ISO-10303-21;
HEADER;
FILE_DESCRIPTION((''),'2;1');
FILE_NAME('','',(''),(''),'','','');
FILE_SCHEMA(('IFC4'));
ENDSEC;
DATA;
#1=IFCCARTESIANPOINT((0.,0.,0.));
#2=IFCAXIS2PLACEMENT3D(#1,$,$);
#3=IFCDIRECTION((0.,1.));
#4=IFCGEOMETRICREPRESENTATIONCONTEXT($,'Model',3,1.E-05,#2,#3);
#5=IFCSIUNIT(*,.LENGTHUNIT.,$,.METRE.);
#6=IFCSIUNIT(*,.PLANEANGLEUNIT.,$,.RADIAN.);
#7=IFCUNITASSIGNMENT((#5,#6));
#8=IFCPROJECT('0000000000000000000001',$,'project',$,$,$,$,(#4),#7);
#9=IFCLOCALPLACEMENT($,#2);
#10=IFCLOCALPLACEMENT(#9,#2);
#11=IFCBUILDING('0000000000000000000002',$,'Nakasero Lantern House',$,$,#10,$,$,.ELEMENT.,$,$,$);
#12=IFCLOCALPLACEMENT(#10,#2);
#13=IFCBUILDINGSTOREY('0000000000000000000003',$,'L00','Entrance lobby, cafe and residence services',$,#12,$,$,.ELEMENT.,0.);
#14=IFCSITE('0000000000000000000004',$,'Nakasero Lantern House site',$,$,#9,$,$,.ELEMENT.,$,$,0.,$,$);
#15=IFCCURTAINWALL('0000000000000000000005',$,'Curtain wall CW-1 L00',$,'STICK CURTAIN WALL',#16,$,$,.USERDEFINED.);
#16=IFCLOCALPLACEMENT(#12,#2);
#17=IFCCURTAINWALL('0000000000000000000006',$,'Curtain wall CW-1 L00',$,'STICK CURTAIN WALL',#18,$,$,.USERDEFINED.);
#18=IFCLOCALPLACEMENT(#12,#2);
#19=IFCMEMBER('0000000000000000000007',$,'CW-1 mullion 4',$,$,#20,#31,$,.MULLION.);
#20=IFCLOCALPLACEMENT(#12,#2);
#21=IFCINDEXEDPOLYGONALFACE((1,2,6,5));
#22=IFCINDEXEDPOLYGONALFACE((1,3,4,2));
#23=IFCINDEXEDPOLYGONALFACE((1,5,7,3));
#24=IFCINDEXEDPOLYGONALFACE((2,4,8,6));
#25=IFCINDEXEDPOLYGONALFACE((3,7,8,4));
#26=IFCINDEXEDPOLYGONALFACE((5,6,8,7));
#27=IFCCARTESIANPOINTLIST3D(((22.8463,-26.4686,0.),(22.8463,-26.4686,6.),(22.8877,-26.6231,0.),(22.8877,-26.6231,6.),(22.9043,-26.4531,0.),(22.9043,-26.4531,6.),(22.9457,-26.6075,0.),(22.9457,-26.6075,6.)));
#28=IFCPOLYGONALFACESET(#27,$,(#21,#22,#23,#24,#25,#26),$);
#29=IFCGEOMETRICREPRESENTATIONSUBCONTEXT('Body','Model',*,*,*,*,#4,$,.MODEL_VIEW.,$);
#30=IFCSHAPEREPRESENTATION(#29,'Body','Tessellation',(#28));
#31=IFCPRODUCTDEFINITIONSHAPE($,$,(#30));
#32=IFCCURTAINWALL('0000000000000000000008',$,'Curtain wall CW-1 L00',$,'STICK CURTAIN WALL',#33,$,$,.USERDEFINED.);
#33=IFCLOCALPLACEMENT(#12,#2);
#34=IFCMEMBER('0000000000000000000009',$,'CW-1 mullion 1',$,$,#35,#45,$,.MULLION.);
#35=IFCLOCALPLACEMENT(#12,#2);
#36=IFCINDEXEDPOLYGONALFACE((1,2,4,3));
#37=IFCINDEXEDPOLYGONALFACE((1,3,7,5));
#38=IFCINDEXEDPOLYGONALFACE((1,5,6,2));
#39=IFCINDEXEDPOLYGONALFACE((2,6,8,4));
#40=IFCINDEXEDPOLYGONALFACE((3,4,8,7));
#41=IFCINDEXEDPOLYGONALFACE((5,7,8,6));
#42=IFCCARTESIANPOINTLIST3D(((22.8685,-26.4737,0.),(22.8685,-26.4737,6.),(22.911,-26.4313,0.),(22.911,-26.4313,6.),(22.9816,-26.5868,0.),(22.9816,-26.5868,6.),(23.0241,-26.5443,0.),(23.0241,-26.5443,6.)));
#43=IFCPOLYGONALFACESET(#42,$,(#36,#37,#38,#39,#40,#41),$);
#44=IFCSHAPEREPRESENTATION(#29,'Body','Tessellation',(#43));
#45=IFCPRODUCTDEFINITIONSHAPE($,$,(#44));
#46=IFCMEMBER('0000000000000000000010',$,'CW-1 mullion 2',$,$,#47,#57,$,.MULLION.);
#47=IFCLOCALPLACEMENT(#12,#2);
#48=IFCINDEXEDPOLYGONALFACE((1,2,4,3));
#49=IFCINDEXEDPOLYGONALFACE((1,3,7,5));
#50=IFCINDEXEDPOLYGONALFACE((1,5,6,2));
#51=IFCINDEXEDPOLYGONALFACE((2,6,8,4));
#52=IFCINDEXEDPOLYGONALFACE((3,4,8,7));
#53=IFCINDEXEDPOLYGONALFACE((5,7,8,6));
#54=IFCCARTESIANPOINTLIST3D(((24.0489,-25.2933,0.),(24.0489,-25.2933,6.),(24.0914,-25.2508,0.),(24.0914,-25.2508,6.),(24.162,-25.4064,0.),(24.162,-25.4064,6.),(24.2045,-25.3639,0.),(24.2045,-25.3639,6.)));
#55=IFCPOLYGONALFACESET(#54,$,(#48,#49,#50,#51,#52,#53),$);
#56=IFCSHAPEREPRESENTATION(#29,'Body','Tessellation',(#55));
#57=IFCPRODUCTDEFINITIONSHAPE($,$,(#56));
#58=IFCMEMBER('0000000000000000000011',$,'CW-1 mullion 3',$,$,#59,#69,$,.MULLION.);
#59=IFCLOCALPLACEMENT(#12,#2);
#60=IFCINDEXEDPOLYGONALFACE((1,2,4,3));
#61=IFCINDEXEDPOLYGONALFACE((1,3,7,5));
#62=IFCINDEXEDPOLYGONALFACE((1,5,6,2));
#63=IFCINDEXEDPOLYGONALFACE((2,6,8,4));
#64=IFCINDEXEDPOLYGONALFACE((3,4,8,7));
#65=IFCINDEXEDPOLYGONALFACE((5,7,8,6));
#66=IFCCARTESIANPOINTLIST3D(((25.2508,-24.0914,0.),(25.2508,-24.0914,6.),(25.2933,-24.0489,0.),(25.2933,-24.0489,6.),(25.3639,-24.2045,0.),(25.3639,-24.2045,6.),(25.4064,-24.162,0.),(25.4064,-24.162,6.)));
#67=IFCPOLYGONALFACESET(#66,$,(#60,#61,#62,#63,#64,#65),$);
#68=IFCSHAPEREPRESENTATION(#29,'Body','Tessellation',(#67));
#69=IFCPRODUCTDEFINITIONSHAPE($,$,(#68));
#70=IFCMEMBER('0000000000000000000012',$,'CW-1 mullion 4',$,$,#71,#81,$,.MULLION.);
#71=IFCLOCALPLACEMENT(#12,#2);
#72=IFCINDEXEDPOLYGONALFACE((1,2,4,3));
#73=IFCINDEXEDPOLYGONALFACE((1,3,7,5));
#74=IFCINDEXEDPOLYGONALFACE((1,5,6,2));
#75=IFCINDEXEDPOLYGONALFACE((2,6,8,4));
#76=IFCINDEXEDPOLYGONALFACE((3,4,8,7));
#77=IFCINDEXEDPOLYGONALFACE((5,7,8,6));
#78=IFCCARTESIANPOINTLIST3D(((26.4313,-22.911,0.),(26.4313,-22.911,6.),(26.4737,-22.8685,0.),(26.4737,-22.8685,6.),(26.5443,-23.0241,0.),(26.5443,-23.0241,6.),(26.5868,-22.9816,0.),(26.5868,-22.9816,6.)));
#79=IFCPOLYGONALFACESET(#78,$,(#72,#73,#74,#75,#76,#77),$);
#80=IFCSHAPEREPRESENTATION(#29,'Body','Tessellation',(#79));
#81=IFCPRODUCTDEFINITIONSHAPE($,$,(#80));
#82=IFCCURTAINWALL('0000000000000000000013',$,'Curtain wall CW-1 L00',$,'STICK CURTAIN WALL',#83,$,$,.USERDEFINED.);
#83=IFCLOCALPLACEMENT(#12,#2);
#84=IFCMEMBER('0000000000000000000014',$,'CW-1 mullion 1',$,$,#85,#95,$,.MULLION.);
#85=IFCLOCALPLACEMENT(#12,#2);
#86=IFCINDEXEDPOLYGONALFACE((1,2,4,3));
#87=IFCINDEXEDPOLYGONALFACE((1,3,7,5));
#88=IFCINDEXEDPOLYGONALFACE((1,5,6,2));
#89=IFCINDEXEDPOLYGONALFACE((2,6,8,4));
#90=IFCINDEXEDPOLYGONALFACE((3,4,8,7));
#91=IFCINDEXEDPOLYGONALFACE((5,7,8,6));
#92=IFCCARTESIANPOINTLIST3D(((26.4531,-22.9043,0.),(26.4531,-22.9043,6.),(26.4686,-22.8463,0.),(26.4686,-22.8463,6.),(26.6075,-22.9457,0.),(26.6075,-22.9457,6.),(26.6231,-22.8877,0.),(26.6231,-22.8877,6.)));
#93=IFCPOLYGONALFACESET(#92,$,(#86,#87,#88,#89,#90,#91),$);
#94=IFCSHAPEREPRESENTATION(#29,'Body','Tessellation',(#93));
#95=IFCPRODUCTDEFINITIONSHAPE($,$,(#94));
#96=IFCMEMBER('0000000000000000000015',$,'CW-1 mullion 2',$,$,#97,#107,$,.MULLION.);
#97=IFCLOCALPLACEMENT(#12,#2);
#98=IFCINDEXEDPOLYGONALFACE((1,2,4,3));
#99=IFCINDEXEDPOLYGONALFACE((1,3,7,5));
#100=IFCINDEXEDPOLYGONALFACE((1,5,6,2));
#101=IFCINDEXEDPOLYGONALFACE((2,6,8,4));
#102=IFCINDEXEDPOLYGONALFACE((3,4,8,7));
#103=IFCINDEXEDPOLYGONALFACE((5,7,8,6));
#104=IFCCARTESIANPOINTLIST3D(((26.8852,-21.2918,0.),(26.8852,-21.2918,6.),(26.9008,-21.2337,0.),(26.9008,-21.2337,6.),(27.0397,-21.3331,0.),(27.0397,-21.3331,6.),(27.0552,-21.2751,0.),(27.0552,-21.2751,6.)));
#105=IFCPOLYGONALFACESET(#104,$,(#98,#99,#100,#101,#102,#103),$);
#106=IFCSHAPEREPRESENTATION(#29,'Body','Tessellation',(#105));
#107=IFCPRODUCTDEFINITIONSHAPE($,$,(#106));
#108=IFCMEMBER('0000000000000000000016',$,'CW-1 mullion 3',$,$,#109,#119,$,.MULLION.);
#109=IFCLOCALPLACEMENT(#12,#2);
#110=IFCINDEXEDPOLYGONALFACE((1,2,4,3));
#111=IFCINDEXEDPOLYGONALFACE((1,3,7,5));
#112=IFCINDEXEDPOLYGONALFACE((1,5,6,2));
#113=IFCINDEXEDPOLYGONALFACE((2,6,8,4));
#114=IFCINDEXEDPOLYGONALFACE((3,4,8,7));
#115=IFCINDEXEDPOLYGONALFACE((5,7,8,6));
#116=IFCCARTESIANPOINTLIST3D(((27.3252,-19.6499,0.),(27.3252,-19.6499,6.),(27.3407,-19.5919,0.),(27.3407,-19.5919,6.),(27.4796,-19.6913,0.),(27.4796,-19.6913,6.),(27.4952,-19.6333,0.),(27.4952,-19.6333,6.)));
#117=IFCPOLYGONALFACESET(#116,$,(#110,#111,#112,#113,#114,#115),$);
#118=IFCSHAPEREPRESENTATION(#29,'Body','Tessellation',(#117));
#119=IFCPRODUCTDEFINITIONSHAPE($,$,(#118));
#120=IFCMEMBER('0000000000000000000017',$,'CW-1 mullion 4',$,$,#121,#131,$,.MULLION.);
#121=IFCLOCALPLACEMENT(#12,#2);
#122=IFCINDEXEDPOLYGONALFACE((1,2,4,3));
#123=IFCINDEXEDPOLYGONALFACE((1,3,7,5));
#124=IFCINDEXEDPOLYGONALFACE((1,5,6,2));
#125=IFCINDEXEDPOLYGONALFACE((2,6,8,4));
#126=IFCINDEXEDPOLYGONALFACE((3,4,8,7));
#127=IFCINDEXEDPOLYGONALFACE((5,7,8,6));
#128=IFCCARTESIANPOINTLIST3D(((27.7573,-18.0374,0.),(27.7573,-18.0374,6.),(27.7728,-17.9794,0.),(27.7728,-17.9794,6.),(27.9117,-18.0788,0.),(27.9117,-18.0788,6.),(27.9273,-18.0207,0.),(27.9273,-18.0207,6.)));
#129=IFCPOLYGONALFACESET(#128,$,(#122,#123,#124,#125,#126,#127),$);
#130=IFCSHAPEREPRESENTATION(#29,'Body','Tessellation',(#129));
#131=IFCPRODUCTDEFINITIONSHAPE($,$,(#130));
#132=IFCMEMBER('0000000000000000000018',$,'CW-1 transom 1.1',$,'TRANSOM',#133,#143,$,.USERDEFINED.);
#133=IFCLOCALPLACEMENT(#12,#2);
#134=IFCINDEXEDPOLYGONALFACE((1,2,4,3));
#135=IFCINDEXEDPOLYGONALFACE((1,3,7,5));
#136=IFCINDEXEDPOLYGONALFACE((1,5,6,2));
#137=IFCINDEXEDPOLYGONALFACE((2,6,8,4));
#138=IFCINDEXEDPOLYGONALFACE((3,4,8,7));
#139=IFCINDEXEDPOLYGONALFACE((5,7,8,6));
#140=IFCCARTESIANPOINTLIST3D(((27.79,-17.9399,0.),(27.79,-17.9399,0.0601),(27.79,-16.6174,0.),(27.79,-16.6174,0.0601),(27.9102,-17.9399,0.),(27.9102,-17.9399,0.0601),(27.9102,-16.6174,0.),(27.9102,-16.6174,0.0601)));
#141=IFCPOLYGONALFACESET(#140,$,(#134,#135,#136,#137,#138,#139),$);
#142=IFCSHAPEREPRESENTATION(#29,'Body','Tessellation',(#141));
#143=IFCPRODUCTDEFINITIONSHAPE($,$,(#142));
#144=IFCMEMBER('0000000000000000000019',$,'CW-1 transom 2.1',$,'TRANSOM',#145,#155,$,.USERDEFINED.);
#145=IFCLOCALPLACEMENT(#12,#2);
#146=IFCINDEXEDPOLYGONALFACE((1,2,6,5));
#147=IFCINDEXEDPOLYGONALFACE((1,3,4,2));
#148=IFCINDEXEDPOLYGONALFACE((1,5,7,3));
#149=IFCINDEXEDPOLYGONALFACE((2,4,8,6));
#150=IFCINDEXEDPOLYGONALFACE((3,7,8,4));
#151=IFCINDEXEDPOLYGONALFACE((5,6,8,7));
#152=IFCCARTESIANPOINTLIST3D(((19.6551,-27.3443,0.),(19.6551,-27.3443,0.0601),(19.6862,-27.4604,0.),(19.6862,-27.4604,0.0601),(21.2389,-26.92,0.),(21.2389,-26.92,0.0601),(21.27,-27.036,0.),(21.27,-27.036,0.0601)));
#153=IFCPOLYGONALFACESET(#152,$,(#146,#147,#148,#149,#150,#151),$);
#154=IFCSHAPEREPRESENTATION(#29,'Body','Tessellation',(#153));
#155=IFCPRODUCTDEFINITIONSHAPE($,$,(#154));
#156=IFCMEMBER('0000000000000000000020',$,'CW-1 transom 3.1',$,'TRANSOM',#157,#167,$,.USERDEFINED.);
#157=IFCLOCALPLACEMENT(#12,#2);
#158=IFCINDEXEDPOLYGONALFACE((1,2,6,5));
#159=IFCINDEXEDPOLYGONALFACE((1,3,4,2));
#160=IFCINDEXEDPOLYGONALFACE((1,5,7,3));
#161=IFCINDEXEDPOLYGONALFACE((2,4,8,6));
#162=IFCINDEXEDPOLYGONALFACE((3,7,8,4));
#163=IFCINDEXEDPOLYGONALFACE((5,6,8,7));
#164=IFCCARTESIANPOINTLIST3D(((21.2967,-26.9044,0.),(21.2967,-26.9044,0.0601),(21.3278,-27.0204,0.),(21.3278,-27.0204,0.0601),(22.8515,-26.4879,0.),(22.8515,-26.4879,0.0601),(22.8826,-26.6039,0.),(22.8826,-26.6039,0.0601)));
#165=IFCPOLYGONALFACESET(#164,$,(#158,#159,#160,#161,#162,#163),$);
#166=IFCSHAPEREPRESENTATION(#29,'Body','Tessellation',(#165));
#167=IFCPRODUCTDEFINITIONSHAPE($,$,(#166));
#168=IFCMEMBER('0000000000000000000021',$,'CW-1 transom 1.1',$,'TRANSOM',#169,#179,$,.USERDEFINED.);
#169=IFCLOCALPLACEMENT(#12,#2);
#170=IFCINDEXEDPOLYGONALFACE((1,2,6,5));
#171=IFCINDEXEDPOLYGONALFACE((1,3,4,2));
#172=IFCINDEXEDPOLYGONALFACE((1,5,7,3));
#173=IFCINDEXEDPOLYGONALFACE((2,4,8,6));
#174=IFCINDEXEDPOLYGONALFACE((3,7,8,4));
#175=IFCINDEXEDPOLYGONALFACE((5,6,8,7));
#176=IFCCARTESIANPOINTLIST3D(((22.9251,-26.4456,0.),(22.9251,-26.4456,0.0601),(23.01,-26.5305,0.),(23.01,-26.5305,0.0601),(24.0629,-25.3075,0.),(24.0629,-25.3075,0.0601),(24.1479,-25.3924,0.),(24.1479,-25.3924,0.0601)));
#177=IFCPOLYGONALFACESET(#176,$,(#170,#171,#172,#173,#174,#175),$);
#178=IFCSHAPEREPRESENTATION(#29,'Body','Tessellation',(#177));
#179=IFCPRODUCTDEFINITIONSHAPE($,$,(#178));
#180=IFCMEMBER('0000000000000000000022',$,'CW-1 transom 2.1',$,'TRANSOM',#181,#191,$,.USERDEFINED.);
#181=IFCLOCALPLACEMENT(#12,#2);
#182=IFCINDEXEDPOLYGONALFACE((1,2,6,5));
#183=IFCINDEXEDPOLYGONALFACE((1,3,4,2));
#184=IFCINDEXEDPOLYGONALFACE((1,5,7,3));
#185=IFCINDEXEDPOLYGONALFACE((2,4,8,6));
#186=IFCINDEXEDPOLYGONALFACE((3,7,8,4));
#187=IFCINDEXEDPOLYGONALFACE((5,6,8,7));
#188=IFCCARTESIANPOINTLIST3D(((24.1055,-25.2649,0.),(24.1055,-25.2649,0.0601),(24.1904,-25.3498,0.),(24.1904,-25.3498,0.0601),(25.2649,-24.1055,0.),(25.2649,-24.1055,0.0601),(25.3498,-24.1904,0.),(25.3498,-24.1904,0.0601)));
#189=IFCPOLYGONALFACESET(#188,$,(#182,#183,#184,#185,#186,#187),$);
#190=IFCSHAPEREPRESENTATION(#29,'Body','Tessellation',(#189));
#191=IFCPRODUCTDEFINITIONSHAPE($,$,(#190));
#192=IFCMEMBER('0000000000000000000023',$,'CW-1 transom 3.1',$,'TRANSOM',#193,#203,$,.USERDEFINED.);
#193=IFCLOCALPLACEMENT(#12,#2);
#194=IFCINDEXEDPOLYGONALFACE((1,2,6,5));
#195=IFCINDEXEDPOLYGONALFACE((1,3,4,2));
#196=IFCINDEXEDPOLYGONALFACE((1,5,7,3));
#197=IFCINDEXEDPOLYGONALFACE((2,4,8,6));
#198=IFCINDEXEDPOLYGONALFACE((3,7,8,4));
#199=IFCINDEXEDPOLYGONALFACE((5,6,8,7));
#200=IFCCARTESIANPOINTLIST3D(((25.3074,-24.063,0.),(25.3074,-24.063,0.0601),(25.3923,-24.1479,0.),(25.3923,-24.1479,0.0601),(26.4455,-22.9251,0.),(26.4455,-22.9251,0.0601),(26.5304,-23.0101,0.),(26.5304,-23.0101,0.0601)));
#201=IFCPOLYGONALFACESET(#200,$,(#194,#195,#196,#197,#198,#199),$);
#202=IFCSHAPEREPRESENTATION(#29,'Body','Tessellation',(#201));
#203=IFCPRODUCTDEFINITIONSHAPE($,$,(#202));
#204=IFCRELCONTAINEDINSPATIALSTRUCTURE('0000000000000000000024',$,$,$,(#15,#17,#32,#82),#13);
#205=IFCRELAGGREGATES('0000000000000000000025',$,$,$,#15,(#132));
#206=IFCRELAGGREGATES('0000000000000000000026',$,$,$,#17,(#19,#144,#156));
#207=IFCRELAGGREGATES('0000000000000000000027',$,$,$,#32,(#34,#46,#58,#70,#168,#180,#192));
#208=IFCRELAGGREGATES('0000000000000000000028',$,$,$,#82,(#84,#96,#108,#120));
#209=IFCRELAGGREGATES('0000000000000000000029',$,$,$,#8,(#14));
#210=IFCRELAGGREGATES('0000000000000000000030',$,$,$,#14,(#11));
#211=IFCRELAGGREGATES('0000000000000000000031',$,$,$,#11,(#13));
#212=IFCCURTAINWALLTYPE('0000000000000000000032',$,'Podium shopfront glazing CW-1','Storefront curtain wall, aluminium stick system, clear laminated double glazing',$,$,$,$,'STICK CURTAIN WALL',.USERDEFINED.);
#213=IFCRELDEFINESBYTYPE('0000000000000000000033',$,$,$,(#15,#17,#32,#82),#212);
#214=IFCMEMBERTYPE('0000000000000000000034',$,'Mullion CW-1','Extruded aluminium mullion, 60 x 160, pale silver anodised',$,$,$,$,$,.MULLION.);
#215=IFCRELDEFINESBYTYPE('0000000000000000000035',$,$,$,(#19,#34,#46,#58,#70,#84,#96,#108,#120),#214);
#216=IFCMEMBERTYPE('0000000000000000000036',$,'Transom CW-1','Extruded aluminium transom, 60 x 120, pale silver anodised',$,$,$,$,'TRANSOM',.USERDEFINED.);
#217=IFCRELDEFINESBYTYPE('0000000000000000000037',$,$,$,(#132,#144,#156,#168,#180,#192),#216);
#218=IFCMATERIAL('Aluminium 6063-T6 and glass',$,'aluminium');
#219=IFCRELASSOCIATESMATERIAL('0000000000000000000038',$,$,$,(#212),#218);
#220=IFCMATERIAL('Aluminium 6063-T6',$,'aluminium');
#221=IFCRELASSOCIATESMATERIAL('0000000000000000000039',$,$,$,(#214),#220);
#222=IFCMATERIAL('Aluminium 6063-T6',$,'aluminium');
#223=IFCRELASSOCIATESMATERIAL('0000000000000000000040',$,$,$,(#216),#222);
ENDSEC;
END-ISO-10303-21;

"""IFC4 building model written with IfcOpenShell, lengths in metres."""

from ifc_helpers import new_model, si_unit, direction, frame, origin, origin_2d, place, context, subcontext, project, spatial, rectangle, extrude, material, material_profile, profile_set, type_object, element, aggregate, save


model = new_model("IFC4")

# Units and contexts
model_context = context("Model", 3, precision=1e-05, world=origin(), true_north=direction((0.0, 1.0)))
body_context = subcontext(model_context, "Body", "Model", "MODEL_VIEW")
ifc_project = project(units=[si_unit("LENGTHUNIT", "METRE"), si_unit("PLANEANGLEUNIT", "RADIAN")], contexts=[model_context])

# Site, building, storey
site_placement = place(None, origin())
site = spatial("IfcSite", under=ifc_project, at=site_placement, Name="Nakasero Lantern House site", CompositionType="ELEMENT", RefElevation=0.0)
building_placement = place(site_placement, origin())
building = spatial("IfcBuilding", under=site, at=building_placement, Name="Nakasero Lantern House", CompositionType="ELEMENT")
storey_placement = place(building_placement, origin())
storey = spatial("IfcBuildingStorey", under=building, at=storey_placement, Name="L00", Description="Entrance lobby, cafe and residence services", CompositionType="ELEMENT", Elevation=0.0)

# Curtain wall
ifc_material_1 = material(Name="Aluminium 6063-T6 and glass", Category="aluminium")
curtain_wall_type = type_object("IfcCurtainWallType", Name="Podium shopfront glazing CW-1", Description="Storefront curtain wall, aluminium stick system, clear laminated double glazing", ElementType="STICK CURTAIN WALL", PredefinedType="USERDEFINED", material=ifc_material_1)
curtain_wall_1_placement = place(storey_placement, origin())
curtain_wall_1 = element("IfcCurtainWall", 1, at=curtain_wall_1_placement, inside=storey, type_object=curtain_wall_type, Name="Curtain wall CW-1 L00", ObjectType="STICK CURTAIN WALL", PredefinedType="USERDEFINED")
ifc_material_2 = material(Name="Aluminium 6063-T6", Category="aluminium")
ifc_material_profile_1 = material_profile(ifc_material_2, rectangle(XDim=0.0601, YDim=0.1599, at=origin_2d()), Name="CW-1 mullion 60x160")
ifc_profile_set_1 = profile_set([ifc_material_profile_1], Name="Aluminium 6063-T6")
member_type_1 = type_object("IfcMemberType", Name="Mullion CW-1", Description="Extruded aluminium mullion, 60 x 160, pale silver anodised", PredefinedType="MULLION", material=ifc_profile_set_1)

# Curtain walls, members
curtain_wall_2_placement = place(storey_placement, origin())
curtain_wall_2 = element("IfcCurtainWall", 2, at=curtain_wall_2_placement, inside=storey, type_object=curtain_wall_type, Name="Curtain wall CW-1 L00", ObjectType="STICK CURTAIN WALL", PredefinedType="USERDEFINED")
member_1_placement = place(storey_placement, frame((22.896, -26.5381, 0.0), z_axis=(0.0, 0.0, 1.0), x_axis=(0.965926, 0.258819, 0.0)))
member_1 = element("IfcMember", 3, at=member_1_placement, type_object=member_type_1, Name="CW-1 mullion 4", PredefinedType="MULLION", context=body_context, shape_type="SweptSolid", body=[
    extrude(rectangle(XDim=0.0601, YDim=0.1599, at=origin_2d()), origin(), (0.0, 0.0, 1.0), 6.0),
])
curtain_wall_3_placement = place(storey_placement, origin())
curtain_wall_3 = element("IfcCurtainWall", 4, at=curtain_wall_3_placement, inside=storey, type_object=curtain_wall_type, Name="Curtain wall CW-1 L00", ObjectType="STICK CURTAIN WALL", PredefinedType="USERDEFINED")
member_2_placement = place(storey_placement, frame((22.9463, -26.509, 0.0), z_axis=(0.0, 0.0, 1.0), x_axis=(0.707107, 0.707107, 0.0)))
member_2 = element("IfcMember", 5, at=member_2_placement, type_object=member_type_1, Name="CW-1 mullion 1", PredefinedType="MULLION", context=body_context, shape_type="SweptSolid", body=[
    extrude(rectangle(XDim=0.0601, YDim=0.1599, at=origin_2d()), origin(), (0.0, 0.0, 1.0), 6.0),
])
member_3_placement = place(storey_placement, frame((24.1267, -25.3286, 0.0), z_axis=(0.0, 0.0, 1.0), x_axis=(0.707107, 0.707107, 0.0)))
member_3 = element("IfcMember", 6, at=member_3_placement, type_object=member_type_1, Name="CW-1 mullion 2", PredefinedType="MULLION", context=body_context, shape_type="SweptSolid", body=[
    extrude(rectangle(XDim=0.0601, YDim=0.1599, at=origin_2d()), origin(), (0.0, 0.0, 1.0), 6.0),
])
member_4_placement = place(storey_placement, frame((25.3286, -24.1267, 0.0), z_axis=(0.0, 0.0, 1.0), x_axis=(0.707107, 0.707107, 0.0)))
member_4 = element("IfcMember", 7, at=member_4_placement, type_object=member_type_1, Name="CW-1 mullion 3", PredefinedType="MULLION", context=body_context, shape_type="SweptSolid", body=[
    extrude(rectangle(XDim=0.0601, YDim=0.1599, at=origin_2d()), origin(), (0.0, 0.0, 1.0), 6.0),
])
member_5_placement = place(storey_placement, frame((26.509, -22.9463, 0.0), z_axis=(0.0, 0.0, 1.0), x_axis=(0.707107, 0.707107, 0.0)))
member_5 = element("IfcMember", 8, at=member_5_placement, type_object=member_type_1, Name="CW-1 mullion 4", PredefinedType="MULLION", context=body_context, shape_type="SweptSolid", body=[
    extrude(rectangle(XDim=0.0601, YDim=0.1599, at=origin_2d()), origin(), (0.0, 0.0, 1.0), 6.0),
])
curtain_wall_4_placement = place(storey_placement, origin())
curtain_wall_4 = element("IfcCurtainWall", 9, at=curtain_wall_4_placement, inside=storey, type_object=curtain_wall_type, Name="Curtain wall CW-1 L00", ObjectType="STICK CURTAIN WALL", PredefinedType="USERDEFINED")
member_6_placement = place(storey_placement, frame((26.5381, -22.896, 0.0), z_axis=(0.0, 0.0, 1.0), x_axis=(0.258819, 0.965926, 0.0)))
member_6 = element("IfcMember", 10, at=member_6_placement, type_object=member_type_1, Name="CW-1 mullion 1", PredefinedType="MULLION", context=body_context, shape_type="SweptSolid", body=[
    extrude(rectangle(XDim=0.0601, YDim=0.1599, at=origin_2d()), origin(), (0.0, 0.0, 1.0), 6.0),
])
member_7_placement = place(storey_placement, frame((26.9702, -21.2834, 0.0), z_axis=(0.0, 0.0, 1.0), x_axis=(0.258819, 0.965926, 0.0)))
member_7 = element("IfcMember", 11, at=member_7_placement, type_object=member_type_1, Name="CW-1 mullion 2", PredefinedType="MULLION", context=body_context, shape_type="SweptSolid", body=[
    extrude(rectangle(XDim=0.0601, YDim=0.1599, at=origin_2d()), origin(), (0.0, 0.0, 1.0), 6.0),
])
member_8_placement = place(storey_placement, frame((27.4102, -19.6416, 0.0), z_axis=(0.0, 0.0, 1.0), x_axis=(0.258819, 0.965926, 0.0)))
member_8 = element("IfcMember", 12, at=member_8_placement, type_object=member_type_1, Name="CW-1 mullion 3", PredefinedType="MULLION", context=body_context, shape_type="SweptSolid", body=[
    extrude(rectangle(XDim=0.0601, YDim=0.1599, at=origin_2d()), origin(), (0.0, 0.0, 1.0), 6.0),
])
member_9_placement = place(storey_placement, frame((27.8423, -18.0291, 0.0), z_axis=(0.0, 0.0, 1.0), x_axis=(0.258819, 0.965926, 0.0)))
member_9 = element("IfcMember", 13, at=member_9_placement, type_object=member_type_1, Name="CW-1 mullion 4", PredefinedType="MULLION", context=body_context, shape_type="SweptSolid", body=[
    extrude(rectangle(XDim=0.0601, YDim=0.1599, at=origin_2d()), origin(), (0.0, 0.0, 1.0), 6.0),
])

# Members
ifc_material_3 = material(Name="Aluminium 6063-T6", Category="aluminium")
ifc_material_profile_2 = material_profile(ifc_material_3, rectangle(XDim=0.0601, YDim=0.1201, at=origin_2d()), Name="CW-1 transom 60x120")
ifc_profile_set_2 = profile_set([ifc_material_profile_2], Name="Aluminium 6063-T6")
member_type_2 = type_object("IfcMemberType", Name="Transom CW-1", Description="Extruded aluminium transom, 60 x 120, pale silver anodised", ElementType="TRANSOM", PredefinedType="USERDEFINED", material=ifc_profile_set_2)
member_10_placement = place(storey_placement, frame((27.8501, -17.9399, 0.03), z_axis=(0.0, 1.0, 0.0), x_axis=(0.0, 0.0, 1.0)))
member_10 = element("IfcMember", 14, at=member_10_placement, type_object=member_type_2, Name="CW-1 transom 1.1", ObjectType="TRANSOM", PredefinedType="USERDEFINED", context=body_context, shape_type="SweptSolid", body=[
    extrude(rectangle(XDim=0.0601, YDim=0.1201, at=origin_2d()), origin(), (0.0, 0.0, 1.0), 1.3225),
])
aggregate(curtain_wall_1, [member_10])
member_11_placement = place(storey_placement, frame((19.6707, -27.4023, 0.03), z_axis=(0.965933, 0.258793, 0.0), x_axis=(0.0, 0.0, 1.0)))
member_11 = element("IfcMember", 15, at=member_11_placement, type_object=member_type_2, Name="CW-1 transom 2.1", ObjectType="TRANSOM", PredefinedType="USERDEFINED", context=body_context, shape_type="SweptSolid", body=[
    extrude(rectangle(XDim=0.0601, YDim=0.1201, at=origin_2d()), origin(), (0.0, 0.0, 1.0), 1.6396),
])
member_12_placement = place(storey_placement, frame((21.3123, -26.9624, 0.03), z_axis=(0.965937, 0.258777, 0.0), x_axis=(0.0, 0.0, 1.0)))
member_12 = element("IfcMember", 16, at=member_12_placement, type_object=member_type_2, Name="CW-1 transom 3.1", ObjectType="TRANSOM", PredefinedType="USERDEFINED", context=body_context, shape_type="SweptSolid", body=[
    extrude(rectangle(XDim=0.0601, YDim=0.1201, at=origin_2d()), origin(), (0.0, 0.0, 1.0), 1.6096),
])
member_13_placement = place(storey_placement, frame((22.9675, -26.488, 0.03), z_axis=(0.707031, 0.707183, 0.0), x_axis=(0.0, 0.0, 1.0)))
member_13 = element("IfcMember", 17, at=member_13_placement, type_object=member_type_2, Name="CW-1 transom 1.1", ObjectType="TRANSOM", PredefinedType="USERDEFINED", context=body_context, shape_type="SweptSolid", body=[
    extrude(rectangle(XDim=0.0601, YDim=0.1201, at=origin_2d()), origin(), (0.0, 0.0, 1.0), 1.6094),
])
member_14_placement = place(storey_placement, frame((24.1479, -25.3074, 0.03), z_axis=(0.707107, 0.707107, 0.0), x_axis=(0.0, 0.0, 1.0)))
member_14 = element("IfcMember", 18, at=member_14_placement, type_object=member_type_2, Name="CW-1 transom 2.1", ObjectType="TRANSOM", PredefinedType="USERDEFINED", context=body_context, shape_type="SweptSolid", body=[
    extrude(rectangle(XDim=0.0601, YDim=0.1201, at=origin_2d()), origin(), (0.0, 0.0, 1.0), 1.6396),
])
member_15_placement = place(storey_placement, frame((25.3499, -24.1055, 0.03), z_axis=(0.707183, 0.707031, 0.0), x_axis=(0.0, 0.0, 1.0)))
member_15 = element("IfcMember", 19, at=member_15_placement, type_object=member_type_2, Name="CW-1 transom 3.1", ObjectType="TRANSOM", PredefinedType="USERDEFINED", context=body_context, shape_type="SweptSolid", body=[
    extrude(rectangle(XDim=0.0601, YDim=0.1201, at=origin_2d()), origin(), (0.0, 0.0, 1.0), 1.6094),
])

aggregate(curtain_wall_2, [member_1, member_11, member_12])
aggregate(curtain_wall_3, [member_2, member_3, member_4, member_5, member_13, member_14, member_15])
aggregate(curtain_wall_4, [member_6, member_7, member_8, member_9])

save(model, "model.ifc")
